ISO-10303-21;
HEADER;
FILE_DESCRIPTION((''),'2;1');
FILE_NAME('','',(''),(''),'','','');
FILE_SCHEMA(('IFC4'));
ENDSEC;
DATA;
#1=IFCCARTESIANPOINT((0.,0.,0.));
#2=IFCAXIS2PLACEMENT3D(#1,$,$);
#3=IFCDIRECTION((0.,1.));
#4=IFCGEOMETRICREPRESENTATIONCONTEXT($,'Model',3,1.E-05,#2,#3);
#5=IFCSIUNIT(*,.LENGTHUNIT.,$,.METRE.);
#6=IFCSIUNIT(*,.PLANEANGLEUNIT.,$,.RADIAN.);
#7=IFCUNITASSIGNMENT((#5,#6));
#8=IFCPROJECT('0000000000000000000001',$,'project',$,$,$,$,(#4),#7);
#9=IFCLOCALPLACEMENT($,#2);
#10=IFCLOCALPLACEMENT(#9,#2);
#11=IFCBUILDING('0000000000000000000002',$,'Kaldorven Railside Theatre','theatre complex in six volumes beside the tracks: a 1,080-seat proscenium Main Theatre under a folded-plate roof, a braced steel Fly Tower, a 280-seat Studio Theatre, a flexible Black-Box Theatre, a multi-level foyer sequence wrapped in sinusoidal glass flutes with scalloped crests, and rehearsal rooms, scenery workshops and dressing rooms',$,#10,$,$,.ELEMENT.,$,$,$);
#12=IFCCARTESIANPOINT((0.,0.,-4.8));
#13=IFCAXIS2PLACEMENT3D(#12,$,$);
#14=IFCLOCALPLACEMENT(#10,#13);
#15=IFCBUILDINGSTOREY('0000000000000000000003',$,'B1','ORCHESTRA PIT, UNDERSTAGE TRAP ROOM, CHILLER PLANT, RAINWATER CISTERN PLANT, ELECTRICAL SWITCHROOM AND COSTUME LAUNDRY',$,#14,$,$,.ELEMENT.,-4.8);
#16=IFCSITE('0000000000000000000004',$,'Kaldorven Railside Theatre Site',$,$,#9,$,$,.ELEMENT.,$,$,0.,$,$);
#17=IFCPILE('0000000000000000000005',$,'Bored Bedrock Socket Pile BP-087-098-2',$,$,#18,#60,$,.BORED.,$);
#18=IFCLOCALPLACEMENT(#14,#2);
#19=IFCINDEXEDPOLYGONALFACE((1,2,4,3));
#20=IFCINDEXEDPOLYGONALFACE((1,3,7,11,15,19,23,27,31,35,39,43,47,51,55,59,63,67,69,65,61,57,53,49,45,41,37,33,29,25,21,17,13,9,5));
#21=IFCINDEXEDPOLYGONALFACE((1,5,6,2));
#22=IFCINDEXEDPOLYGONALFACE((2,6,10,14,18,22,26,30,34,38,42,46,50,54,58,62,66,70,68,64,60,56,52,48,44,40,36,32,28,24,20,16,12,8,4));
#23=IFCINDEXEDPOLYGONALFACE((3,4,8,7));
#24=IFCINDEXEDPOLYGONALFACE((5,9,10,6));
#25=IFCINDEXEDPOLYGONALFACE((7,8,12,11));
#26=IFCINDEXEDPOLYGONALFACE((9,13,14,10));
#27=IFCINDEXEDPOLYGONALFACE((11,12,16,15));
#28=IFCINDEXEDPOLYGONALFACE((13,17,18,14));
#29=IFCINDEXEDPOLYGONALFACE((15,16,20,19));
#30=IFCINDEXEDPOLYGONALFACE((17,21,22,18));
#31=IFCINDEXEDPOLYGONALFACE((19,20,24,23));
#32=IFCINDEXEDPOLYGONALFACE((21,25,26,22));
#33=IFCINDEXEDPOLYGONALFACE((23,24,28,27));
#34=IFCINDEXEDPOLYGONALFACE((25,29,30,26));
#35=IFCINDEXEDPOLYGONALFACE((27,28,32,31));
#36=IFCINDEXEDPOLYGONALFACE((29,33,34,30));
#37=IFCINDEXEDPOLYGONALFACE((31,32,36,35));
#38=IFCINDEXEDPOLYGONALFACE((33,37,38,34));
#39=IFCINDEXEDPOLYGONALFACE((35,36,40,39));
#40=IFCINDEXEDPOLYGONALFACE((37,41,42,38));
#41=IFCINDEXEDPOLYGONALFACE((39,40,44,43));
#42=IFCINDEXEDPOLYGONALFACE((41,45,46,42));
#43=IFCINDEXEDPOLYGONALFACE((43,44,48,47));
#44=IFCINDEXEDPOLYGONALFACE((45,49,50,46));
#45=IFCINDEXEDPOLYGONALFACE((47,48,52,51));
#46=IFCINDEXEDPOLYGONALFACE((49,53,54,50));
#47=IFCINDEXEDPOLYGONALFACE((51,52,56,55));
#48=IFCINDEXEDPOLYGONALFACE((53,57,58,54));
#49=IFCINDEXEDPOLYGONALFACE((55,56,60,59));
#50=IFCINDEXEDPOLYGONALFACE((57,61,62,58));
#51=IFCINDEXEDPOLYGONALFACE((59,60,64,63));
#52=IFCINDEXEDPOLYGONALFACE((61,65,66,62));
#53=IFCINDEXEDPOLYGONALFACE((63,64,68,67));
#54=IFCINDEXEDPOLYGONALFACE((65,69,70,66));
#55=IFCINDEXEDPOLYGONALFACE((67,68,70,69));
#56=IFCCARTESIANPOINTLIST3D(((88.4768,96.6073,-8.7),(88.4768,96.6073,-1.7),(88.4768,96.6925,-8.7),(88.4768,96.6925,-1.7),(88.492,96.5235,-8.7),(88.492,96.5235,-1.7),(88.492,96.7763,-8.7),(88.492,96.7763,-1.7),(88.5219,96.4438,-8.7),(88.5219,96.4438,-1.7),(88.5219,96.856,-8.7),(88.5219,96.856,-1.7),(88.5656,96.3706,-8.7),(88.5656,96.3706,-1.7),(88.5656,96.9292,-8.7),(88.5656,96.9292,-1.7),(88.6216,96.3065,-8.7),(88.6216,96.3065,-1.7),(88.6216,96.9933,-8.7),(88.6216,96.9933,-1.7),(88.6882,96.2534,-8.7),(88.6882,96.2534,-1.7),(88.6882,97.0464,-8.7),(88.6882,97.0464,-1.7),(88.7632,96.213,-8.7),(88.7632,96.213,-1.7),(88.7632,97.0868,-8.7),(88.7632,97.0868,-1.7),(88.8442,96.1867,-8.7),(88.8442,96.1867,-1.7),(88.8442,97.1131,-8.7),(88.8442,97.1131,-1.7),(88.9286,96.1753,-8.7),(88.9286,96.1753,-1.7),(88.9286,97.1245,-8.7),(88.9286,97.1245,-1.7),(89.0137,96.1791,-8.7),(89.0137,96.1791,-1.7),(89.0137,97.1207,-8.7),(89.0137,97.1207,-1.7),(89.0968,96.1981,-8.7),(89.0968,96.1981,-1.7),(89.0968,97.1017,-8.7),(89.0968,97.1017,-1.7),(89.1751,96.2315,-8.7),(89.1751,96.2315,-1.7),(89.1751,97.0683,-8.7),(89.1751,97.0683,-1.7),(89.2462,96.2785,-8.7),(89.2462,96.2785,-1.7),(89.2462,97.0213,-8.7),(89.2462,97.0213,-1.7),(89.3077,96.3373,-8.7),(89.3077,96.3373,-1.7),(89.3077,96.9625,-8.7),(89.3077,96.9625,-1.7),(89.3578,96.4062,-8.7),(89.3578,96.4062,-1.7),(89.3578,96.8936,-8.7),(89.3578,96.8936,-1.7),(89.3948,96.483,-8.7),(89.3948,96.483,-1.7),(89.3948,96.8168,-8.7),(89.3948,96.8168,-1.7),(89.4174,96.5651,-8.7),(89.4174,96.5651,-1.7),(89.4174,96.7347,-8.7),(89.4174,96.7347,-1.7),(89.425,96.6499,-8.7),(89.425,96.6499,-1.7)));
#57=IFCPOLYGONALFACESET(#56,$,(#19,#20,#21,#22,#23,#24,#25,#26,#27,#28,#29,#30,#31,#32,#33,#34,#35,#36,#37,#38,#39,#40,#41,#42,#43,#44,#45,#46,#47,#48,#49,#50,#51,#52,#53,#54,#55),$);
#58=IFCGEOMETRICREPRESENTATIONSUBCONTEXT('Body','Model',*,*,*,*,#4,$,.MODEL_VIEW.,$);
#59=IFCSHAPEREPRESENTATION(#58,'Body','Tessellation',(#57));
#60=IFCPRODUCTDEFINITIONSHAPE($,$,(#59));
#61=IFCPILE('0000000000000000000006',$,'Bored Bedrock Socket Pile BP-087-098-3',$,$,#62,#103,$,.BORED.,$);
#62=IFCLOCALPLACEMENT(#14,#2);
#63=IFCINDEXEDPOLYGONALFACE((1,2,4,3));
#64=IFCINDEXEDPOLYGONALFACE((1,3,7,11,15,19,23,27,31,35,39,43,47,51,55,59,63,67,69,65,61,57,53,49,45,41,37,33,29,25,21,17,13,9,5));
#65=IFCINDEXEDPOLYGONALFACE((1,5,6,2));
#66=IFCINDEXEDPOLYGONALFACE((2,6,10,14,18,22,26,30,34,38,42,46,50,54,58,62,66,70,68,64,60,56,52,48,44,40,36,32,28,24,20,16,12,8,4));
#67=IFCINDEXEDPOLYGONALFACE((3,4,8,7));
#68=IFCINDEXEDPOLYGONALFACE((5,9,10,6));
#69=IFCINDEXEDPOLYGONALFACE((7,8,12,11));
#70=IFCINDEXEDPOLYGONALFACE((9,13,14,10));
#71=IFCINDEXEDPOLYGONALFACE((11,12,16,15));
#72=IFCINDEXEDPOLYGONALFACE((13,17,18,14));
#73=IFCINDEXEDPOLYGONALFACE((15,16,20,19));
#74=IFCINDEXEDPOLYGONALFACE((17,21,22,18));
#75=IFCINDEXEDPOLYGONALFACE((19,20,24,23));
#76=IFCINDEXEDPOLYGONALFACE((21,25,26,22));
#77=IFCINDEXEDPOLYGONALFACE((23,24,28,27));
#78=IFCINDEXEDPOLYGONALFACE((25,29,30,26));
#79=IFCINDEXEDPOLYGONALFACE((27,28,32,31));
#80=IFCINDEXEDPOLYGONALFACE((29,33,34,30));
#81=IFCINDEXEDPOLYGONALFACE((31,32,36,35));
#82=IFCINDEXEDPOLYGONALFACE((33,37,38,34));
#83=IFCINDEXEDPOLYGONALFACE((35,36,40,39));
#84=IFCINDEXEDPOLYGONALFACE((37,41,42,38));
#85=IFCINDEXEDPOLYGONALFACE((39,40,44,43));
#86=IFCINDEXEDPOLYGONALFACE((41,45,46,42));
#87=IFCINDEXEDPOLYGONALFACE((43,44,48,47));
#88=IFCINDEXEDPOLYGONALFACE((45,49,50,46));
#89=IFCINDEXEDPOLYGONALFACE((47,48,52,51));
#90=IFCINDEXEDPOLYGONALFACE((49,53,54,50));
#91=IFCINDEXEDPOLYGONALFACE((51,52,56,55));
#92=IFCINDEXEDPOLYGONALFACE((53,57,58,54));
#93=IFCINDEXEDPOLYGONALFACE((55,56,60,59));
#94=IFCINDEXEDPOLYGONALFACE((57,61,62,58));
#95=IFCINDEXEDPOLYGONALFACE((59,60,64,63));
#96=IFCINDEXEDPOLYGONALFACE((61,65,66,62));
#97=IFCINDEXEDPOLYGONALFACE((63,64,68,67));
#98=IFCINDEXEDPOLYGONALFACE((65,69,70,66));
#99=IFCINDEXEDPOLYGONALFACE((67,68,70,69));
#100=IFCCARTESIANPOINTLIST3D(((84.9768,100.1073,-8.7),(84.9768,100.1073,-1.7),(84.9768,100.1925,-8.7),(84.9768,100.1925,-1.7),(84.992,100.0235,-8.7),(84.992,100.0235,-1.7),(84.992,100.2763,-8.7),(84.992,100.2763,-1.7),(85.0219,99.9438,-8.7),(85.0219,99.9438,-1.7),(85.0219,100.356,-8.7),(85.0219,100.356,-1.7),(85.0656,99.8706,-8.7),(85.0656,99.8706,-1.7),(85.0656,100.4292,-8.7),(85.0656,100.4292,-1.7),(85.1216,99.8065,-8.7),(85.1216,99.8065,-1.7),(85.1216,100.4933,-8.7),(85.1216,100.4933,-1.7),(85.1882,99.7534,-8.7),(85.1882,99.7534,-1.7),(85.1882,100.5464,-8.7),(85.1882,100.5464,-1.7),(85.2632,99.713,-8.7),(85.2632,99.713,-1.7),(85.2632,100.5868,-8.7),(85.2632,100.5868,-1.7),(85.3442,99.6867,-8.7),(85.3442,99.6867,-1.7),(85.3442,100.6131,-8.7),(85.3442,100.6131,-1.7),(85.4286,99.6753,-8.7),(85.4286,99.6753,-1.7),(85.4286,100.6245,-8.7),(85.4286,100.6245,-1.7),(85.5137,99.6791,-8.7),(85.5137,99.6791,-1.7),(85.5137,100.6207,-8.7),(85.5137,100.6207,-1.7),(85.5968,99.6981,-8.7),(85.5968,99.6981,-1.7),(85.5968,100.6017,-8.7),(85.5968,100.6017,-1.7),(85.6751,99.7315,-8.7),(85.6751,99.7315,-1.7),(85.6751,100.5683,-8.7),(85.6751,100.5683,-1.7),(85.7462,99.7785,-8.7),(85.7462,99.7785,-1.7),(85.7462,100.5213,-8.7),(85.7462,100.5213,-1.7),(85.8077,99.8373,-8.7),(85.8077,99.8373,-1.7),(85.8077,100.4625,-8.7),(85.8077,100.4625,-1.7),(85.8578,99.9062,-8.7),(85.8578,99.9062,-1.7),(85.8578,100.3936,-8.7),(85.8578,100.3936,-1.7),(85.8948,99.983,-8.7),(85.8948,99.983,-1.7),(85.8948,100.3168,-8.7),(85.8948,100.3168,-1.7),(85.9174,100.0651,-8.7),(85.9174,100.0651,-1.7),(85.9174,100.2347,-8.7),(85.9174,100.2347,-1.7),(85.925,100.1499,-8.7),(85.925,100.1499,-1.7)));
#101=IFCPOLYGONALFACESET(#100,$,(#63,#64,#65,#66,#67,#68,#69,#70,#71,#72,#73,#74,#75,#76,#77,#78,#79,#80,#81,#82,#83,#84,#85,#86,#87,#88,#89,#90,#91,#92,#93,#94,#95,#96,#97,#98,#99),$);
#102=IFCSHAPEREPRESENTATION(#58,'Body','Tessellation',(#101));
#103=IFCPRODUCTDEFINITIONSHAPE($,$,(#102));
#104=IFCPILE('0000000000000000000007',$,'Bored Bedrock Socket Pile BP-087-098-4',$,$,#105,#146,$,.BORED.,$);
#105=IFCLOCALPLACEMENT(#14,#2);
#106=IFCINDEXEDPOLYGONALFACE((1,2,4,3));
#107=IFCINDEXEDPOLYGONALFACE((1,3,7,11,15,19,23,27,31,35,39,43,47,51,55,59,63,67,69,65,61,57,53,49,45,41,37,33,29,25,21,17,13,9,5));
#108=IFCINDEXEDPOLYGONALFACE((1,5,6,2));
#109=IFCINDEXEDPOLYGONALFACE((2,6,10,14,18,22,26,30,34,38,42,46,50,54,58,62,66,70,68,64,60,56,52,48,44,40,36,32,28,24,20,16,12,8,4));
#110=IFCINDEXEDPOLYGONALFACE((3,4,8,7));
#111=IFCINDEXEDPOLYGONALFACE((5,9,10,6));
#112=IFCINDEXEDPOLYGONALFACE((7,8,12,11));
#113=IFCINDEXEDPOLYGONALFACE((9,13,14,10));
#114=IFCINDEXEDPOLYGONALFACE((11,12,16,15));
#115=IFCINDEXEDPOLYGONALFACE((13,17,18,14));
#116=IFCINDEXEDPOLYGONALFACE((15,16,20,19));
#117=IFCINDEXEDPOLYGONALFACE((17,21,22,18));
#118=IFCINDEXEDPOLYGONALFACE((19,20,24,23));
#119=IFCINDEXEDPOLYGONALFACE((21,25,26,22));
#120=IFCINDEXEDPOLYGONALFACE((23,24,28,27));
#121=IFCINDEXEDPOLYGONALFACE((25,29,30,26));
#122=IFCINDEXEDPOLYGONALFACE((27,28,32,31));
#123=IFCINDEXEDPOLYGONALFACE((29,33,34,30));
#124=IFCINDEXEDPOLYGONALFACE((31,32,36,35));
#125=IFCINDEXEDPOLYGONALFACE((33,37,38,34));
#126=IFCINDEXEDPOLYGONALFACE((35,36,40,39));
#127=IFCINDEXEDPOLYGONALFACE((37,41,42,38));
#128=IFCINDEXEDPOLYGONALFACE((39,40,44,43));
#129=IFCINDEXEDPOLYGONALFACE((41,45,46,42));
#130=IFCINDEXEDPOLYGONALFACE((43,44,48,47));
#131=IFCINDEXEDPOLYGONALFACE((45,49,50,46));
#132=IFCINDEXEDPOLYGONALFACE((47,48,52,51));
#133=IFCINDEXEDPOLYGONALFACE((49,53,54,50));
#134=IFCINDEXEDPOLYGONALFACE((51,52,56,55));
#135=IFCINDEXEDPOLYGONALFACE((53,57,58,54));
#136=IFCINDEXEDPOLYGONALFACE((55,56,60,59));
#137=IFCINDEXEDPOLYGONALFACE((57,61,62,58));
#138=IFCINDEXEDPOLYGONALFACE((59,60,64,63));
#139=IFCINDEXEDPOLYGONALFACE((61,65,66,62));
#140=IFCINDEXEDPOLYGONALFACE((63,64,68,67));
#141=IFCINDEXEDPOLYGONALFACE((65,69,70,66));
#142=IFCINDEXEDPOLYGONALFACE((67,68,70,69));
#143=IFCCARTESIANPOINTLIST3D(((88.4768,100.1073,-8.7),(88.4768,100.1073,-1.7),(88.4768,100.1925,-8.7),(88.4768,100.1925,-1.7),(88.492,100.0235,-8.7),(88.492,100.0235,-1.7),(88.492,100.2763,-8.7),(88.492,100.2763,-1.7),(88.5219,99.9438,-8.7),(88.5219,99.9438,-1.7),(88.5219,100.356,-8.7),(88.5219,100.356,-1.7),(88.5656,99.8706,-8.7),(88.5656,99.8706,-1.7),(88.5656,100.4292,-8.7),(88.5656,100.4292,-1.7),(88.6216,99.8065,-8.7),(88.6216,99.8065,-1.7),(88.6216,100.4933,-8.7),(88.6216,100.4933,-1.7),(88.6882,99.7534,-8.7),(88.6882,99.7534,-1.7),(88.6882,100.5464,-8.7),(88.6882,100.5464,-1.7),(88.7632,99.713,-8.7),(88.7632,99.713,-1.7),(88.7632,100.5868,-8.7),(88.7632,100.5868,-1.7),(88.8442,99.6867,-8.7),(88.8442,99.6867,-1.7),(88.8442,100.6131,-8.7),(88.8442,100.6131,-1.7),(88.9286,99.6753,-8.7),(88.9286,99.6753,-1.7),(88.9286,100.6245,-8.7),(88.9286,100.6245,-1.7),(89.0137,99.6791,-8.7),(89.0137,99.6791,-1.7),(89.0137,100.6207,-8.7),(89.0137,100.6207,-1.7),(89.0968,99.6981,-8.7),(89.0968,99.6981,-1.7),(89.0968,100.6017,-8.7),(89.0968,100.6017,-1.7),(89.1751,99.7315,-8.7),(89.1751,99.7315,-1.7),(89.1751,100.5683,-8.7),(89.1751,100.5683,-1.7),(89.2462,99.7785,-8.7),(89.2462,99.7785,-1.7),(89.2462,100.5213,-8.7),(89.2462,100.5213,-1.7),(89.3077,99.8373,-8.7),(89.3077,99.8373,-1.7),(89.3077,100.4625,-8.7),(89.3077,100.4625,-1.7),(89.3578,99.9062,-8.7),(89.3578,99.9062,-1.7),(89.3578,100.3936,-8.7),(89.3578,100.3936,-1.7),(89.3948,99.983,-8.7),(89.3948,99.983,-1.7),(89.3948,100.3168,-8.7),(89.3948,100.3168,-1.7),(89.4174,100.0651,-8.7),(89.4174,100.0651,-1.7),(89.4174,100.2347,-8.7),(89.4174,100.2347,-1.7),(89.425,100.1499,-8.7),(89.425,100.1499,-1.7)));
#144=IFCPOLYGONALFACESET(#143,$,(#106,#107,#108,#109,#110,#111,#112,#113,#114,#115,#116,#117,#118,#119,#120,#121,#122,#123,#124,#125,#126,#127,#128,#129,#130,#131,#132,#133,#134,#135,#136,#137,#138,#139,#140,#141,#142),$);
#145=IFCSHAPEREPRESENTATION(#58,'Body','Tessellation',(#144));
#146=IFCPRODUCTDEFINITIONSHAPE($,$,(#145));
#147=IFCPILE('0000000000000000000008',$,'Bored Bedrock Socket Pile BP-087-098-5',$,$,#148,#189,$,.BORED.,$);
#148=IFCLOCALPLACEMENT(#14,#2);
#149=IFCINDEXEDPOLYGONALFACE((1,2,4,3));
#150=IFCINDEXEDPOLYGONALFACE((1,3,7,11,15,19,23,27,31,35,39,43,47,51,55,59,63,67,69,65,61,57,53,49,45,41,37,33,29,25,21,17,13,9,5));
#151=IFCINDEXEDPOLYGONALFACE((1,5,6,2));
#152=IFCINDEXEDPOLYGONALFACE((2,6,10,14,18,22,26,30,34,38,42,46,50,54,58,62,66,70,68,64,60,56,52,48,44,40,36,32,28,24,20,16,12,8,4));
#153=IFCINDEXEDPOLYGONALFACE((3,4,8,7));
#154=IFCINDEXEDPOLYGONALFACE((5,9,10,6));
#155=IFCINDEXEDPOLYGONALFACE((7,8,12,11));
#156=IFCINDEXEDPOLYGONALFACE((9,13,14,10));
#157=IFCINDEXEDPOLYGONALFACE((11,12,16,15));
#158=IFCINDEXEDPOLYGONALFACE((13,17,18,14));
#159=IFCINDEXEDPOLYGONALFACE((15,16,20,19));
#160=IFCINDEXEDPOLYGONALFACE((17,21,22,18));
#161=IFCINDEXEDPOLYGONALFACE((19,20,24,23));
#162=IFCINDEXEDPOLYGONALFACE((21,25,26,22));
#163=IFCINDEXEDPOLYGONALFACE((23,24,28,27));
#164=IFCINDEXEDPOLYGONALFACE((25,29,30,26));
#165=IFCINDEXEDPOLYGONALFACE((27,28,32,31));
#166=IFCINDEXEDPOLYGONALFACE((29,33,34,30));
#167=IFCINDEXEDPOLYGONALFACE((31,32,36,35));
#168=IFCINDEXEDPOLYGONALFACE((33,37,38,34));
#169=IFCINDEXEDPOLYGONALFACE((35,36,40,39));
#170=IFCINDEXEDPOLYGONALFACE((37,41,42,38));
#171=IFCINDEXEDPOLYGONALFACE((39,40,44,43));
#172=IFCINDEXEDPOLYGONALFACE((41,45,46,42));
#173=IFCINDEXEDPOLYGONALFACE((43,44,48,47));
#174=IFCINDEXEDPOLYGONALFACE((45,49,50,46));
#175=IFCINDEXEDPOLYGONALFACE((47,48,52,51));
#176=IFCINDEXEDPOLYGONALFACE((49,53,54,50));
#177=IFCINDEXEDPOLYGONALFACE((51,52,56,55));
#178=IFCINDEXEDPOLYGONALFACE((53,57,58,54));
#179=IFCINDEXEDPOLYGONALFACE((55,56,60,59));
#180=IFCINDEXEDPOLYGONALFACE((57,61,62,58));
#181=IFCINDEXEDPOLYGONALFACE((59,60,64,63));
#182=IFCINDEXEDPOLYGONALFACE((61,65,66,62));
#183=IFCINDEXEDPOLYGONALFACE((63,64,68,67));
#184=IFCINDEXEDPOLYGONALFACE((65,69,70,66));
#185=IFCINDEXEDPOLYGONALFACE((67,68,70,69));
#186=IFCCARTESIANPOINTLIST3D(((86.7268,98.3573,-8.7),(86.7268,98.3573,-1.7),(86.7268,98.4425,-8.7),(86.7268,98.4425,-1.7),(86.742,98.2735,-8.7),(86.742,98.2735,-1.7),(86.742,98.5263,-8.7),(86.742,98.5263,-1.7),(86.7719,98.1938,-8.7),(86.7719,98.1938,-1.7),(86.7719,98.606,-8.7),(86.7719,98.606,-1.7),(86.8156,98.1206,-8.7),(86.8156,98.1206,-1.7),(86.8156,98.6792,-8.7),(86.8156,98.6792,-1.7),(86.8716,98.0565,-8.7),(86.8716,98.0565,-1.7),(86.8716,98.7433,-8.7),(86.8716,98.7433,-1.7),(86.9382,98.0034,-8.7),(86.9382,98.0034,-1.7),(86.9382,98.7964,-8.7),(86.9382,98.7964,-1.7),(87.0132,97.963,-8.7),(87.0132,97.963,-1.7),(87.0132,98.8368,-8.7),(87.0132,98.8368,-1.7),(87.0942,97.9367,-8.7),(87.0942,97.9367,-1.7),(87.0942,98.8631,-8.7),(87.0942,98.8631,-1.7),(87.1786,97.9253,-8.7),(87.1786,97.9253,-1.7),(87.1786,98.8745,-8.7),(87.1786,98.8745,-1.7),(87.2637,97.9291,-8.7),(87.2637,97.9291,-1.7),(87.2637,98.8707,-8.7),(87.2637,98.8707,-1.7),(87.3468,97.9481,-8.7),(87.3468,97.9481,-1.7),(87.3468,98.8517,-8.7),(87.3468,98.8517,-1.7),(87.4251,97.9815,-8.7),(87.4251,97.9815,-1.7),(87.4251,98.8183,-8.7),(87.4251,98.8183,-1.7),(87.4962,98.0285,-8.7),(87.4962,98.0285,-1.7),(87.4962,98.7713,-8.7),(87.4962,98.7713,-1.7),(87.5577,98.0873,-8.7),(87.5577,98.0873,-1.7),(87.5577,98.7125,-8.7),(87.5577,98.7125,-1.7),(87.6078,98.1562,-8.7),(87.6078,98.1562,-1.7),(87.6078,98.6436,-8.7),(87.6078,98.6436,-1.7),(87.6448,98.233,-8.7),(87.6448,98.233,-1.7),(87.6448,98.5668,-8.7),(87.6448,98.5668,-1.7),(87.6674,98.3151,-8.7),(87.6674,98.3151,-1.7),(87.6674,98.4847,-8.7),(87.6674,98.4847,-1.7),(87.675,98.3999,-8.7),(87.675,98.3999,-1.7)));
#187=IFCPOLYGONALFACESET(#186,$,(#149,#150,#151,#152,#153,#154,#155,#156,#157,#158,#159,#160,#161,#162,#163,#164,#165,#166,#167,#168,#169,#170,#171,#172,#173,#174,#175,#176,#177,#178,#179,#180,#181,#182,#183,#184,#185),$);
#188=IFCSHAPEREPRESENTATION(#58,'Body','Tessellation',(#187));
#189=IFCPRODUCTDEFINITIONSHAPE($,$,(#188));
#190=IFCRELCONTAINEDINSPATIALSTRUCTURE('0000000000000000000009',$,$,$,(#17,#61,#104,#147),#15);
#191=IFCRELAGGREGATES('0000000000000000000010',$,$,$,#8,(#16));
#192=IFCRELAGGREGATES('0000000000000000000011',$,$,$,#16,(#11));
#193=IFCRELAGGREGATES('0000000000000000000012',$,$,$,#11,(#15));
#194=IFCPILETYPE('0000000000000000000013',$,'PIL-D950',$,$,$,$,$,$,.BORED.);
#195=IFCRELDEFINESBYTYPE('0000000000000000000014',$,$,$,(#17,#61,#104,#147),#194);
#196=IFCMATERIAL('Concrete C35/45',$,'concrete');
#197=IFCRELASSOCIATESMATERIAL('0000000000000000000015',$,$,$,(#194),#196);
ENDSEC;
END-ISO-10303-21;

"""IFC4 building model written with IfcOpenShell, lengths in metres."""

from ifc_helpers import new_model, si_unit, direction, frame, origin, origin_2d, place, context, subcontext, project, spatial, circle, extrude, material, material_profile, profile_set, type_object, element, save


model = new_model("IFC4")

# Units and contexts
model_context = context("Model", 3, precision=1e-05, world=origin(), true_north=direction((0.0, 1.0)))
body_context = subcontext(model_context, "Body", "Model", "MODEL_VIEW")
ifc_project = project(units=[si_unit("LENGTHUNIT", "METRE"), si_unit("PLANEANGLEUNIT", "RADIAN")], contexts=[model_context])

# Site, building, storey
site_placement = place(None, origin())
site = spatial("IfcSite", under=ifc_project, at=site_placement, Name="Kaldorven Railside Theatre Site", CompositionType="ELEMENT", RefElevation=0.0)
building_placement = place(site_placement, origin())
building = spatial("IfcBuilding", under=site, at=building_placement, Name="Kaldorven Railside Theatre", Description="theatre complex in six volumes beside the tracks: a 1,080-seat proscenium Main Theatre under a folded-plate roof, a braced steel Fly Tower, a 280-seat Studio Theatre, a flexible Black-Box Theatre, a multi-level foyer sequence wrapped in sinusoidal glass flutes with scalloped crests, and rehearsal rooms, scenery workshops and dressing rooms", CompositionType="ELEMENT")
storey_placement = place(building_placement, frame((0.0, 0.0, -4.8)))
storey = spatial("IfcBuildingStorey", under=building, at=storey_placement, Name="B1", Description="ORCHESTRA PIT, UNDERSTAGE TRAP ROOM, CHILLER PLANT, RAINWATER CISTERN PLANT, ELECTRICAL SWITCHROOM AND COSTUME LAUNDRY", CompositionType="ELEMENT", Elevation=-4.8)

# Piles
ifc_material_1 = material(Name="Concrete C35/45", Category="concrete")
ifc_material_profile_1 = material_profile(ifc_material_1, circle(Radius=0.4751, at=origin_2d()), Name="BP D950")
ifc_profile_set_1 = profile_set([ifc_material_profile_1], Name="Concrete C35/45")
pile_type_1 = type_object("IfcPileType", Name="PIL-D950", PredefinedType="BORED", material=ifc_profile_set_1)
for number, where, z_axis, x_axis, name in (
    (1, (88.95, 96.6499, -1.7), (0.0, 0.0, -1.0), (1.0, 0.0, 0.0), "Bored Bedrock Socket Pile BP-087-098-2"),
    (2, (85.45, 100.1499, -1.7), (0.0, 0.0, -1.0), (1.0, 0.0, 0.0), "Bored Bedrock Socket Pile BP-087-098-3"),
    (3, (88.95, 100.1499, -1.7), (0.0, 0.0, -1.0), (1.0, 0.0, 0.0), "Bored Bedrock Socket Pile BP-087-098-4"),
    (4, (87.2, 98.3999, -1.7), (0.0, 0.0, -1.0), (1.0, 0.0, 0.0), "Bored Bedrock Socket Pile BP-087-098-5"),
):
    element("IfcPile", number, at=place(storey_placement, frame(where, z_axis=z_axis, x_axis=x_axis)), inside=storey, type_object=pile_type_1, Name=name, PredefinedType="BORED", context=body_context, shape_type="SweptSolid", body=[
        extrude(circle(Radius=0.4751, at=origin_2d()), origin(), (0.0, 0.0, 1.0), 7.0),
    ])

save(model, "model.ifc")
